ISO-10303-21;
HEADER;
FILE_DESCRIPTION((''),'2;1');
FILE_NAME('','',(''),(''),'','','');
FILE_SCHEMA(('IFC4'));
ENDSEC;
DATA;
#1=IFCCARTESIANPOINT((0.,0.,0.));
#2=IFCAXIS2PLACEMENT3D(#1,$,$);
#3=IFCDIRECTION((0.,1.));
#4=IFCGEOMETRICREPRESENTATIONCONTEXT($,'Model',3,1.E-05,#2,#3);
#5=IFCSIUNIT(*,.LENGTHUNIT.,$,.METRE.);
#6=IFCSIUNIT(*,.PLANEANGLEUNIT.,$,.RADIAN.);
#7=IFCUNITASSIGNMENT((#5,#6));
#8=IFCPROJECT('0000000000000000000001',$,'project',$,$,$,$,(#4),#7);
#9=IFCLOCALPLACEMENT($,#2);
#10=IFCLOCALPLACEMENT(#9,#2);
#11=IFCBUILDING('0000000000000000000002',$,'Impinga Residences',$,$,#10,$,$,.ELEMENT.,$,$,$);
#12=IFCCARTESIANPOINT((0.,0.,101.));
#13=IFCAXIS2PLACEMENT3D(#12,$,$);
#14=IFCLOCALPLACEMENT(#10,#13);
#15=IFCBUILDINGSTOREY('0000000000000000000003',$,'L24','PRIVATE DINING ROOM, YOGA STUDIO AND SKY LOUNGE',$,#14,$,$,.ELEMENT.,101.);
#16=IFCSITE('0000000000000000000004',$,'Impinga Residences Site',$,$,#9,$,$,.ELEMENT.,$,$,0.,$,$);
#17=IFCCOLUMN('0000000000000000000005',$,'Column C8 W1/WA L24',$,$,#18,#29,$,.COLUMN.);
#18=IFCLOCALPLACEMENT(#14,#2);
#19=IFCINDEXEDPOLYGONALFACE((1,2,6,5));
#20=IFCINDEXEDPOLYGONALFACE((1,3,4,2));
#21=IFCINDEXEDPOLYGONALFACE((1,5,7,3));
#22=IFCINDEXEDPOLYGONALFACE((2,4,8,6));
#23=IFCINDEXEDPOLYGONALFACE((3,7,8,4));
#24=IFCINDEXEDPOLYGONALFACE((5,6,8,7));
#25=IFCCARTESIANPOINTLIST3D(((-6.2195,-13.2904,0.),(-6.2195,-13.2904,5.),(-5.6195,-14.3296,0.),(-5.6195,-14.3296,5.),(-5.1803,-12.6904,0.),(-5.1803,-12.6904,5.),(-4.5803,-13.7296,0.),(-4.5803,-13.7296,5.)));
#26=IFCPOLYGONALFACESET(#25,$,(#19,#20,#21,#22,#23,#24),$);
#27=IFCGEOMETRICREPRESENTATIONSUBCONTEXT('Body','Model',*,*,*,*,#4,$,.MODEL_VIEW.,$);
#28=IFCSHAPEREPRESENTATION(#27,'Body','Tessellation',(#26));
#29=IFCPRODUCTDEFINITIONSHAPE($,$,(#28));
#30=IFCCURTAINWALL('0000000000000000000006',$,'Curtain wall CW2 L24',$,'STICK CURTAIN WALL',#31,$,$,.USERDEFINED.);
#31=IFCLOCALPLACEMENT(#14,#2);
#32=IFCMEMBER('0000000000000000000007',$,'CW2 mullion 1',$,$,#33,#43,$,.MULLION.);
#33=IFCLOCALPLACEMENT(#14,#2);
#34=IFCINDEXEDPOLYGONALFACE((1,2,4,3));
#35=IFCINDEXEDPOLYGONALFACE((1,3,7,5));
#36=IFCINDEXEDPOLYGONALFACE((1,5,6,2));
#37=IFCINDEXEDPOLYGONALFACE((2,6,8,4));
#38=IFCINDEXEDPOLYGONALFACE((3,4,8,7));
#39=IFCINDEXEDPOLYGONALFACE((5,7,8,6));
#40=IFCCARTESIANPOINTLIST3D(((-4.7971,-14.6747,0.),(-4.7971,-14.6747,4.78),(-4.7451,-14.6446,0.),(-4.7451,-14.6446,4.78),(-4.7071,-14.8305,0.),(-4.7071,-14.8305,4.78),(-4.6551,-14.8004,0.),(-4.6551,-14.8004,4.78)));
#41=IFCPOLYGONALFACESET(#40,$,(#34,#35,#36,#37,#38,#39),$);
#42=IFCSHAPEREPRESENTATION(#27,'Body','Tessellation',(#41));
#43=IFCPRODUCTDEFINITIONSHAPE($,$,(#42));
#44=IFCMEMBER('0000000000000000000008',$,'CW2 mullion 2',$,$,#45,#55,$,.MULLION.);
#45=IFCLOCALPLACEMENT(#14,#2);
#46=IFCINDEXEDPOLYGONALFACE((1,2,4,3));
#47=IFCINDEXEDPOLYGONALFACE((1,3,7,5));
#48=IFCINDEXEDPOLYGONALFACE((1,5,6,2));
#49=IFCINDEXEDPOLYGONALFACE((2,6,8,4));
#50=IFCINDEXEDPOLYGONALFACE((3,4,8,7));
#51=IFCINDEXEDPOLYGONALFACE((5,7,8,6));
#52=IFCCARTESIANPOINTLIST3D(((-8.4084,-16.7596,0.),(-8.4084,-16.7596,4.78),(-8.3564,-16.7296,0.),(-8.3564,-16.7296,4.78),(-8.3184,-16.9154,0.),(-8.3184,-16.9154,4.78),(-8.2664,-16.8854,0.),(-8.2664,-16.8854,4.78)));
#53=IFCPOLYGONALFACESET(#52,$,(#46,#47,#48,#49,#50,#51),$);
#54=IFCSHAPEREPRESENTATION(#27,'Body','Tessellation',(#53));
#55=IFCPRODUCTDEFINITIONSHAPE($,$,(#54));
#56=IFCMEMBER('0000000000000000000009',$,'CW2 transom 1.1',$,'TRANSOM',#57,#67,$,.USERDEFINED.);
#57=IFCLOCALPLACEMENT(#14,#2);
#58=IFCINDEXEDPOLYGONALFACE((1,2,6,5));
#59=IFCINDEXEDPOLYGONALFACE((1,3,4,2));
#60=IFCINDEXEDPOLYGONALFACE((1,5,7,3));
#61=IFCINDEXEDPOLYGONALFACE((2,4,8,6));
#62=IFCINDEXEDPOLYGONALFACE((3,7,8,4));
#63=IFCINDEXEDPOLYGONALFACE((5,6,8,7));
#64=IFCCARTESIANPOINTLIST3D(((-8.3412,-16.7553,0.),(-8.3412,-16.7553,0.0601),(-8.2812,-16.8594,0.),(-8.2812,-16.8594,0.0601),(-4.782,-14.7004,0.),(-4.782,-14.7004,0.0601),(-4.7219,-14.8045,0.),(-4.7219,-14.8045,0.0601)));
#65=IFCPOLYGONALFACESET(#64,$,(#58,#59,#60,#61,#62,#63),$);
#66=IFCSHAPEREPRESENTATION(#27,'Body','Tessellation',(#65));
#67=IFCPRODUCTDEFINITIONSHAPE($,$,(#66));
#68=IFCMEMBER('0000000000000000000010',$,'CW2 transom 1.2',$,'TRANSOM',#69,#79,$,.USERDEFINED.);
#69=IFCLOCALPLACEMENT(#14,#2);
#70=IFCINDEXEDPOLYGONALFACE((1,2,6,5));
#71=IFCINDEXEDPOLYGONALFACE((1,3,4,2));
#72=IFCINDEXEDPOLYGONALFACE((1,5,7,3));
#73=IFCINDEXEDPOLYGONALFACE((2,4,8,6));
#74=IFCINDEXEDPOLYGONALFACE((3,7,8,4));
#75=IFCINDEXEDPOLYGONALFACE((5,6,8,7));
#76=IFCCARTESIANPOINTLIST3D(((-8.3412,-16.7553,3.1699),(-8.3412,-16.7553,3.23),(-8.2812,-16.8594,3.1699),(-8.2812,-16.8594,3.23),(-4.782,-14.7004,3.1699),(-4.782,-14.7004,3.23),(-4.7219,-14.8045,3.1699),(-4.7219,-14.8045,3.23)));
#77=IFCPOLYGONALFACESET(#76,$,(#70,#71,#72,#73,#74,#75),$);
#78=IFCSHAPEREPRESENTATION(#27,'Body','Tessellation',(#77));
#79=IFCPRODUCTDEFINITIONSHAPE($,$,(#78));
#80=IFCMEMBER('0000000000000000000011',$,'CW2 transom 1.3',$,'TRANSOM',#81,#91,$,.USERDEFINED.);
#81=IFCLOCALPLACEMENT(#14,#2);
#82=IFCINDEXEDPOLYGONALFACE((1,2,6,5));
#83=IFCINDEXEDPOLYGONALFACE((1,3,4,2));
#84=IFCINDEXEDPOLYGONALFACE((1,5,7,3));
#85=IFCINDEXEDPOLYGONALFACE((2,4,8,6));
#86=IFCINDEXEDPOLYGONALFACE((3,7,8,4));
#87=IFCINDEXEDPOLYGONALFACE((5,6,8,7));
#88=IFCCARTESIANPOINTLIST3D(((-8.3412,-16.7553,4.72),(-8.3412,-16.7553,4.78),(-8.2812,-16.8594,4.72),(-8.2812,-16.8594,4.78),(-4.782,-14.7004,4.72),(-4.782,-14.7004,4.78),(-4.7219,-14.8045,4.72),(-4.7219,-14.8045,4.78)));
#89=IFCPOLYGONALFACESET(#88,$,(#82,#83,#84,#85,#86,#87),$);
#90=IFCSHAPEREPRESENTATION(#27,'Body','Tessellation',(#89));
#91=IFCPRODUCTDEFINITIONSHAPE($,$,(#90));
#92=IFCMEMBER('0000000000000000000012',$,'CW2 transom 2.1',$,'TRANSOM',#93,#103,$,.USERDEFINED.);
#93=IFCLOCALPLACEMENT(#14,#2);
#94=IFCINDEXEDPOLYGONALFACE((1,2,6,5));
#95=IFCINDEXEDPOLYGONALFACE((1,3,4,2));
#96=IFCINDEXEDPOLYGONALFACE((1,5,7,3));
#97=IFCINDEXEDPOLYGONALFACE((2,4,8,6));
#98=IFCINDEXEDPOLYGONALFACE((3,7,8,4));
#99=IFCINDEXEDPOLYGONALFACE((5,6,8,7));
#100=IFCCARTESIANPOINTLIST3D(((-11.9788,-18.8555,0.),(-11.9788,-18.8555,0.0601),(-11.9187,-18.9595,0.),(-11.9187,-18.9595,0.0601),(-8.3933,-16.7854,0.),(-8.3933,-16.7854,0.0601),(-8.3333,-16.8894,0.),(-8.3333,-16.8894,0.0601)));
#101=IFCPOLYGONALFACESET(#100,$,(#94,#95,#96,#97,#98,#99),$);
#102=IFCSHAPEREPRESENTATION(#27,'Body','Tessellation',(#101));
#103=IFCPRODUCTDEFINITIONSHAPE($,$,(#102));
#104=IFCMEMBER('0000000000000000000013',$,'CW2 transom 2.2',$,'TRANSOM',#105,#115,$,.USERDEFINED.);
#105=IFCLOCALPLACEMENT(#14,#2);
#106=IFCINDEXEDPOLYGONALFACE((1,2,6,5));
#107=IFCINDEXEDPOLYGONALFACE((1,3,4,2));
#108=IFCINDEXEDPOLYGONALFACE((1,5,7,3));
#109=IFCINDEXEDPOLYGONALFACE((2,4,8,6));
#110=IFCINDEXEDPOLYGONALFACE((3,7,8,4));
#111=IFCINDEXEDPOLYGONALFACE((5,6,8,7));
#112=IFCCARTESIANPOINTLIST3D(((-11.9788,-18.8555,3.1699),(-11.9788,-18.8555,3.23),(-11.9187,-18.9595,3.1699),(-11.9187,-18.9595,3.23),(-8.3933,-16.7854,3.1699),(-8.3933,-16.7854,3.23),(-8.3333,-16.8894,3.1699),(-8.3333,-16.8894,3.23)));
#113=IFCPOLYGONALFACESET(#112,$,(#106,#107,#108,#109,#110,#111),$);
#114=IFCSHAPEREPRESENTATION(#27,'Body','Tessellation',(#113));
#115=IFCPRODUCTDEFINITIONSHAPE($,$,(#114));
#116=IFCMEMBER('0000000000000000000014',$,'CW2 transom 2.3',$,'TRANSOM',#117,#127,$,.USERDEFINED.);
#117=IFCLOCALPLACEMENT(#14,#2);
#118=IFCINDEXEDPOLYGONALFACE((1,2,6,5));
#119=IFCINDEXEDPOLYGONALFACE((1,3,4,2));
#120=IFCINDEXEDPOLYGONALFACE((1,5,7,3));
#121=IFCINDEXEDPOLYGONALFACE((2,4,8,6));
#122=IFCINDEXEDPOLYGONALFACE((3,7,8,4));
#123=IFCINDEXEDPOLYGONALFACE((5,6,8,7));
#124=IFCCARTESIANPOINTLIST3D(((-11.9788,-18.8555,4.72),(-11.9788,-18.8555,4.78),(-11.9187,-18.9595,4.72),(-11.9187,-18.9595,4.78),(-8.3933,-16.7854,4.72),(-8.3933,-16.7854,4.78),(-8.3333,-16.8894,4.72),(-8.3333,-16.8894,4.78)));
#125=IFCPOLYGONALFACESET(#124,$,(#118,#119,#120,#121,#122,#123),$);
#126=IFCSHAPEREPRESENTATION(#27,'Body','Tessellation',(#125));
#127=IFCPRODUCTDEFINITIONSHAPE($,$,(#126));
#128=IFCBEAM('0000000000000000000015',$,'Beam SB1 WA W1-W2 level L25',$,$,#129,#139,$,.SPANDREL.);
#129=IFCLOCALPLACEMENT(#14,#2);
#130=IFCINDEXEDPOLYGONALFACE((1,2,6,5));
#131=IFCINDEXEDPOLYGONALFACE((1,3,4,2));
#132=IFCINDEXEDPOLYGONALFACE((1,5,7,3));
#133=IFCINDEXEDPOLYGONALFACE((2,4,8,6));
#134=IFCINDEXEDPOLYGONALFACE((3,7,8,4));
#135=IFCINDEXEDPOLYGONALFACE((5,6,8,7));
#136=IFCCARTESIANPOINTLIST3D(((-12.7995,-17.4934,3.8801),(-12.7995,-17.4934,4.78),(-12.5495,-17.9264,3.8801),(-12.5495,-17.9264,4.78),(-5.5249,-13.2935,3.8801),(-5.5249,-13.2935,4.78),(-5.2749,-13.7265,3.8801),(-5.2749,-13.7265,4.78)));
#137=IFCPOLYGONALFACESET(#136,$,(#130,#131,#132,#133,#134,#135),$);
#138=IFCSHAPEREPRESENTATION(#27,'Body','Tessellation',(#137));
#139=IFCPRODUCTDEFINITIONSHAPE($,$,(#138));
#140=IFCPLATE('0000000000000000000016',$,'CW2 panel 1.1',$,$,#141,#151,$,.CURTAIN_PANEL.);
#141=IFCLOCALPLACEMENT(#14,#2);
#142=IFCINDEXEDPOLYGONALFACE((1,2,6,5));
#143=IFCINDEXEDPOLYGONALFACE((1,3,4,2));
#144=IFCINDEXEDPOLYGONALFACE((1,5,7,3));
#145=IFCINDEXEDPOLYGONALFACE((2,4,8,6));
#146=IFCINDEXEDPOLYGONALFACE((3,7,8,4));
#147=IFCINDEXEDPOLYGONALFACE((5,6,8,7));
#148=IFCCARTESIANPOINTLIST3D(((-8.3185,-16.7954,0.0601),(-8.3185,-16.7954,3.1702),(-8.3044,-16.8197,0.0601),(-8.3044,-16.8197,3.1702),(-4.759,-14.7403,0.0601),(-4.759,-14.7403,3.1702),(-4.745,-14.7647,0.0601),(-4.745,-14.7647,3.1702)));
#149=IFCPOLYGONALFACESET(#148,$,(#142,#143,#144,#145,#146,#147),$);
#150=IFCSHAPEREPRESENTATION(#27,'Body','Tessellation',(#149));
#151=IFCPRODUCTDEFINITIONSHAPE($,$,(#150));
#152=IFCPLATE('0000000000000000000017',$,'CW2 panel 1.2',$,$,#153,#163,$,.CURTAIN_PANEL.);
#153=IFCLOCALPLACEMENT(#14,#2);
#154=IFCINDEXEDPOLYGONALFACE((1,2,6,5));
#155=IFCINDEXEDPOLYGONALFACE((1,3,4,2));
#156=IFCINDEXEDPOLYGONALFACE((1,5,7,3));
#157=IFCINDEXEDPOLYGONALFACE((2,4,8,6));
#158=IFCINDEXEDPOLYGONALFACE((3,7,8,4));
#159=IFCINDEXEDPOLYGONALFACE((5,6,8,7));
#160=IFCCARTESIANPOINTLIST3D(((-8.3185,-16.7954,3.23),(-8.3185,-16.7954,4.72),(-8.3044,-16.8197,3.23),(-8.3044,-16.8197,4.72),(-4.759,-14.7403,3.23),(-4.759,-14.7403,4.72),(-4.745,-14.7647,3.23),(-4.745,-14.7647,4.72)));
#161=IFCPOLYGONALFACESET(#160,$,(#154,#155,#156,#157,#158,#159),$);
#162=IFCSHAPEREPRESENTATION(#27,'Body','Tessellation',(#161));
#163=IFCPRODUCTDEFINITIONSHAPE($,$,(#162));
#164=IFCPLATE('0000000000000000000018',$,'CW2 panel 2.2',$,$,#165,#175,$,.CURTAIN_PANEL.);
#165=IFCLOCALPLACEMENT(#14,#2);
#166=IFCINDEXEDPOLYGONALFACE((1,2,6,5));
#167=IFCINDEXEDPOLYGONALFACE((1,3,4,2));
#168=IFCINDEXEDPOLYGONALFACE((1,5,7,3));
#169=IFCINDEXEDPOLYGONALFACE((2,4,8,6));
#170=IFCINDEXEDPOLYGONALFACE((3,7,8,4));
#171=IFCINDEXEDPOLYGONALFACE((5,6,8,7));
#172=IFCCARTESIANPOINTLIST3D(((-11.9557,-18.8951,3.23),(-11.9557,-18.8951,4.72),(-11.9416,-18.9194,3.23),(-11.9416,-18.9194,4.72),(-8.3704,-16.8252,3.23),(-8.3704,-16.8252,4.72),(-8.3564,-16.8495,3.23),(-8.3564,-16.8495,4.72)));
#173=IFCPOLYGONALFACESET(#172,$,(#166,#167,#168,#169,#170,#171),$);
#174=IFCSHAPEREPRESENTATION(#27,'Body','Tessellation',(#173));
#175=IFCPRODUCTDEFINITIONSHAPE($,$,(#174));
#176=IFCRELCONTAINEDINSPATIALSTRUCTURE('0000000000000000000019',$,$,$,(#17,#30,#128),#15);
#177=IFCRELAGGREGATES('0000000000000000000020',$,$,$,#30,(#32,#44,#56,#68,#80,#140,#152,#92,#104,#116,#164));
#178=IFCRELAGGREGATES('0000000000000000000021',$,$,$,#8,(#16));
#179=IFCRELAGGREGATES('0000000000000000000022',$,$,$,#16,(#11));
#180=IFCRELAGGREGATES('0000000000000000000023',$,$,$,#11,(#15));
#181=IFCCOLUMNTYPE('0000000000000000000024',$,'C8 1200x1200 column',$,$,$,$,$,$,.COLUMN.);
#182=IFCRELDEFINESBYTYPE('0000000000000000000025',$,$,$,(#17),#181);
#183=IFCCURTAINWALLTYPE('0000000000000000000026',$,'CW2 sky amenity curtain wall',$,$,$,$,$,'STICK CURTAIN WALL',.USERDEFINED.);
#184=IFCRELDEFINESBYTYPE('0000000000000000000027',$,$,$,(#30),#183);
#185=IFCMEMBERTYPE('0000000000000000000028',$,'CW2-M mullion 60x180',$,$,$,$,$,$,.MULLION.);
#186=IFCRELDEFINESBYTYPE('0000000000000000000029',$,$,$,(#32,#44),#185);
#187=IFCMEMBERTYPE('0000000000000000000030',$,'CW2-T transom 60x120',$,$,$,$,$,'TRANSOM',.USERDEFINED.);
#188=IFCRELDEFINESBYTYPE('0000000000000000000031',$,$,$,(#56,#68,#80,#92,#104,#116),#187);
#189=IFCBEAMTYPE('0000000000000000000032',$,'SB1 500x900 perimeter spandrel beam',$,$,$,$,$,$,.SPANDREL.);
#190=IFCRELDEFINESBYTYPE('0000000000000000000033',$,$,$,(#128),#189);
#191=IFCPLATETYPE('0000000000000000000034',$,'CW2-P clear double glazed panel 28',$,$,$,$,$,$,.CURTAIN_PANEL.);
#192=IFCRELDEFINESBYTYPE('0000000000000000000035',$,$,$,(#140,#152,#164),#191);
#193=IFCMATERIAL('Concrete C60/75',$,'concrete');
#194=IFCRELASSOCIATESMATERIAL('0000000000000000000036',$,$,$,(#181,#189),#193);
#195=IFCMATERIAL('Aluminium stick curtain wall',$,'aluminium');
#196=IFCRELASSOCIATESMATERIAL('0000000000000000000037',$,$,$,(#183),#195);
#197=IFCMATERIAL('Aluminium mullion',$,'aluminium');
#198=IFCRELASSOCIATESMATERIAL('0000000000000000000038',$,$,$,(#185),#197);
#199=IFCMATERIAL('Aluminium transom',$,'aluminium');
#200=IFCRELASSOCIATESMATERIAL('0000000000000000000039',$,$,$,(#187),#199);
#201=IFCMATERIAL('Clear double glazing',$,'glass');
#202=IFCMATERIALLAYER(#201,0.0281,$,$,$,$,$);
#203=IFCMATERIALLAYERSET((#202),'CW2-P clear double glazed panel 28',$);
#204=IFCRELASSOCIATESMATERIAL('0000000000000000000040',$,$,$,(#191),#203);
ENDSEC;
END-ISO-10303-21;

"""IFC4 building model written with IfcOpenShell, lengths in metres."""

from ifc_helpers import new_model, si_unit, direction, frame, origin, origin_2d, place, context, subcontext, project, spatial, rectangle, extrude, material, layer, layer_set, material_profile, profile_set, type_object, element, aggregate, save


model = new_model("IFC4")

# Units and contexts
model_context = context("Model", 3, precision=1e-05, world=origin(), true_north=direction((0.0, 1.0)))
body_context = subcontext(model_context, "Body", "Model", "MODEL_VIEW")
ifc_project = project(units=[si_unit("LENGTHUNIT", "METRE"), si_unit("PLANEANGLEUNIT", "RADIAN")], contexts=[model_context])

# Site, building, storey
site_placement = place(None, origin())
site = spatial("IfcSite", under=ifc_project, at=site_placement, Name="Impinga Residences Site", CompositionType="ELEMENT", RefElevation=0.0)
building_placement = place(site_placement, origin())
building = spatial("IfcBuilding", under=site, at=building_placement, Name="Impinga Residences", CompositionType="ELEMENT")
storey_placement = place(building_placement, frame((0.0, 0.0, 101.0)))
storey = spatial("IfcBuildingStorey", under=building, at=storey_placement, Name="L24", Description="PRIVATE DINING ROOM, YOGA STUDIO AND SKY LOUNGE", CompositionType="ELEMENT", Elevation=101.0)

# Column
ifc_material_1 = material(Name="Concrete C60/75", Category="concrete")
ifc_material_profile_1 = material_profile(ifc_material_1, rectangle(XDim=1.2, YDim=1.2, at=origin_2d()), Name="RC 1200x1200")
ifc_profile_set_1 = profile_set([ifc_material_profile_1], Name="Concrete C60/75")
column_type = type_object("IfcColumnType", Name="C8 1200x1200 column", PredefinedType="COLUMN", material=ifc_profile_set_1)
column_placement = place(storey_placement, frame((-5.3999, -13.51, 0.0), z_axis=(0.0, 0.0, 1.0), x_axis=(-0.5, 0.866025, 0.0)))
element("IfcColumn", 1, at=column_placement, inside=storey, type_object=column_type, Name="Column C8 W1/WA L24", PredefinedType="COLUMN", context=body_context, shape_type="SweptSolid", body=[
    extrude(rectangle(XDim=1.2, YDim=1.2, at=origin_2d()), origin(), (0.0, 0.0, 1.0), 5.0),
])

# Curtain wall, members
ifc_material_2 = material(Name="Aluminium stick curtain wall", Category="aluminium")
curtain_wall_type = type_object("IfcCurtainWallType", Name="CW2 sky amenity curtain wall", ElementType="STICK CURTAIN WALL", PredefinedType="USERDEFINED", material=ifc_material_2)
curtain_wall_placement = place(storey_placement, origin())
curtain_wall = element("IfcCurtainWall", 2, at=curtain_wall_placement, inside=storey, type_object=curtain_wall_type, Name="Curtain wall CW2 L24", ObjectType="STICK CURTAIN WALL", PredefinedType="USERDEFINED")
ifc_material_3 = material(Name="Aluminium mullion", Category="aluminium")
ifc_material_profile_2 = material_profile(ifc_material_3, rectangle(XDim=0.0601, YDim=0.1799, at=origin_2d()), Name="60x180 mullion")
ifc_profile_set_2 = profile_set([ifc_material_profile_2], Name="Aluminium mullion")
member_type_1 = type_object("IfcMemberType", Name="CW2-M mullion 60x180", PredefinedType="MULLION", material=ifc_profile_set_2)
member_1_placement = place(storey_placement, frame((-4.7261, -14.7375, 0.0), z_axis=(0.0, 0.0, 1.0), x_axis=(-0.866025, -0.5, 0.0)))
member_1 = element("IfcMember", 3, at=member_1_placement, type_object=member_type_1, Name="CW2 mullion 1", PredefinedType="MULLION", context=body_context, shape_type="SweptSolid", body=[
    extrude(rectangle(XDim=0.0601, YDim=0.1799, at=origin_2d()), origin(), (0.0, 0.0, 1.0), 4.78),
])
member_2_placement = place(storey_placement, frame((-8.3374, -16.8225, 0.0), z_axis=(0.0, 0.0, 1.0), x_axis=(-0.866025, -0.5, 0.0)))
member_2 = element("IfcMember", 4, at=member_2_placement, type_object=member_type_1, Name="CW2 mullion 2", PredefinedType="MULLION", context=body_context, shape_type="SweptSolid", body=[
    extrude(rectangle(XDim=0.0601, YDim=0.1799, at=origin_2d()), origin(), (0.0, 0.0, 1.0), 4.78),
])
ifc_material_4 = material(Name="Aluminium transom", Category="aluminium")
ifc_material_profile_3 = material_profile(ifc_material_4, rectangle(XDim=0.0601, YDim=0.1201, at=origin_2d()), Name="60x120 transom")
ifc_profile_set_3 = profile_set([ifc_material_profile_3], Name="Aluminium transom")
member_type_2 = type_object("IfcMemberType", Name="CW2-T transom 60x120", ElementType="TRANSOM", PredefinedType="USERDEFINED", material=ifc_profile_set_3)
member_3_placement = place(storey_placement, frame((-4.752, -14.7524, 0.03), z_axis=(-0.86603, -0.499992, 0.0), x_axis=(0.0, 0.0, 1.0)))
member_3 = element("IfcMember", 5, at=member_3_placement, type_object=member_type_2, Name="CW2 transom 1.1", ObjectType="TRANSOM", PredefinedType="USERDEFINED", context=body_context, shape_type="SweptSolid", body=[
    extrude(rectangle(XDim=0.0601, YDim=0.1201, at=origin_2d()), origin(), (0.0, 0.0, 1.0), 4.1099),
])
member_4_placement = place(storey_placement, frame((-4.752, -14.7524, 3.2), z_axis=(-0.86603, -0.499992, 0.0), x_axis=(0.0, 0.0, 1.0)))
member_4 = element("IfcMember", 6, at=member_4_placement, type_object=member_type_2, Name="CW2 transom 1.2", ObjectType="TRANSOM", PredefinedType="USERDEFINED", context=body_context, shape_type="SweptSolid", body=[
    extrude(rectangle(XDim=0.0601, YDim=0.1201, at=origin_2d()), origin(), (0.0, 0.0, 1.0), 4.1099),
])
member_5_placement = place(storey_placement, frame((-4.752, -14.7524, 4.75), z_axis=(-0.86603, -0.499992, 0.0), x_axis=(0.0, 0.0, 1.0)))
member_5 = element("IfcMember", 7, at=member_5_placement, type_object=member_type_2, Name="CW2 transom 1.3", ObjectType="TRANSOM", PredefinedType="USERDEFINED", context=body_context, shape_type="SweptSolid", body=[
    extrude(rectangle(XDim=0.0601, YDim=0.1201, at=origin_2d()), origin(), (0.0, 0.0, 1.0), 4.1099),
])
member_6_placement = place(storey_placement, frame((-8.3633, -16.8374, 0.03), z_axis=(-0.866025, -0.500002, 0.0), x_axis=(0.0, 0.0, 1.0)))
member_6 = element("IfcMember", 8, at=member_6_placement, type_object=member_type_2, Name="CW2 transom 2.1", ObjectType="TRANSOM", PredefinedType="USERDEFINED", context=body_context, shape_type="SweptSolid", body=[
    extrude(rectangle(XDim=0.0601, YDim=0.1201, at=origin_2d()), origin(), (0.0, 0.0, 1.0), 4.1401),
])
member_7_placement = place(storey_placement, frame((-8.3633, -16.8374, 3.2), z_axis=(-0.866025, -0.500002, 0.0), x_axis=(0.0, 0.0, 1.0)))
member_7 = element("IfcMember", 9, at=member_7_placement, type_object=member_type_2, Name="CW2 transom 2.2", ObjectType="TRANSOM", PredefinedType="USERDEFINED", context=body_context, shape_type="SweptSolid", body=[
    extrude(rectangle(XDim=0.0601, YDim=0.1201, at=origin_2d()), origin(), (0.0, 0.0, 1.0), 4.1401),
])
member_8_placement = place(storey_placement, frame((-8.3633, -16.8374, 4.75), z_axis=(-0.866025, -0.500002, 0.0), x_axis=(0.0, 0.0, 1.0)))
member_8 = element("IfcMember", 10, at=member_8_placement, type_object=member_type_2, Name="CW2 transom 2.3", ObjectType="TRANSOM", PredefinedType="USERDEFINED", context=body_context, shape_type="SweptSolid", body=[
    extrude(rectangle(XDim=0.0601, YDim=0.1201, at=origin_2d()), origin(), (0.0, 0.0, 1.0), 4.1401),
])

# Beam
ifc_material_profile_4 = material_profile(ifc_material_1, rectangle(XDim=0.5, YDim=0.8999, at=origin_2d()), Name="RC 500x900")
ifc_profile_set_4 = profile_set([ifc_material_profile_4], Name="Concrete C60/75")
beam_type = type_object("IfcBeamType", Name="SB1 500x900 perimeter spandrel beam", PredefinedType="SPANDREL", material=ifc_profile_set_4)
beam_placement = place(storey_placement, frame((-5.3999, -13.51, 4.3301), z_axis=(-0.866029, -0.499993, 0.0), x_axis=(0.499993, -0.866029, 0.0)))
element("IfcBeam", 11, at=beam_placement, inside=storey, type_object=beam_type, Name="Beam SB1 WA W1-W2 level L25", PredefinedType="SPANDREL", context=body_context, shape_type="SweptSolid", body=[
    extrude(rectangle(XDim=0.5, YDim=0.8999, at=origin_2d()), origin(), (0.0, 0.0, 1.0), 8.3999),
])

# Plates
ifc_material_5 = material(Name="Clear double glazing", Category="glass")
ifc_layer_1 = layer(ifc_material_5, 0.0281)
ifc_layer_set_1 = layer_set([ifc_layer_1], Name="CW2-P clear double glazed panel 28")
plate_type = type_object("IfcPlateType", Name="CW2-P clear double glazed panel 28", PredefinedType="CURTAIN_PANEL", material=ifc_layer_set_1)
plate_1_placement = place(storey_placement, frame((-6.5317, -15.78, 0.0601), z_axis=(0.0, 0.0, 1.0), x_axis=(-0.866025, -0.5, 0.0)))
plate_1 = element("IfcPlate", 12, at=plate_1_placement, type_object=plate_type, Name="CW2 panel 1.1", PredefinedType="CURTAIN_PANEL", context=body_context, shape_type="SweptSolid", body=[
    extrude(rectangle(XDim=4.1101, YDim=0.0281, at=origin_2d()), origin(), (0.0, 0.0, 1.0), 3.1101),
])
plate_2_placement = place(storey_placement, frame((-6.5317, -15.78, 3.23), z_axis=(0.0, 0.0, 1.0), x_axis=(-0.866025, -0.5, 0.0)))
plate_2 = element("IfcPlate", 13, at=plate_2_placement, type_object=plate_type, Name="CW2 panel 1.2", PredefinedType="CURTAIN_PANEL", context=body_context, shape_type="SweptSolid", body=[
    extrude(rectangle(XDim=4.1101, YDim=0.0281, at=origin_2d()), origin(), (0.0, 0.0, 1.0), 1.49),
])
plate_3_placement = place(storey_placement, frame((-10.156, -17.8723, 3.23), z_axis=(0.0, 0.0, 1.0), x_axis=(-0.866025, -0.5, 0.0)))
plate_3 = element("IfcPlate", 14, at=plate_3_placement, type_object=plate_type, Name="CW2 panel 2.2", PredefinedType="CURTAIN_PANEL", context=body_context, shape_type="SweptSolid", body=[
    extrude(rectangle(XDim=4.1399, YDim=0.0281, at=origin_2d()), origin(), (0.0, 0.0, 1.0), 1.49),
])
aggregate(curtain_wall, [member_1, member_2, member_3, member_4, member_5, plate_1, plate_2, member_6, member_7, member_8, plate_3])

save(model, "model.ifc")
